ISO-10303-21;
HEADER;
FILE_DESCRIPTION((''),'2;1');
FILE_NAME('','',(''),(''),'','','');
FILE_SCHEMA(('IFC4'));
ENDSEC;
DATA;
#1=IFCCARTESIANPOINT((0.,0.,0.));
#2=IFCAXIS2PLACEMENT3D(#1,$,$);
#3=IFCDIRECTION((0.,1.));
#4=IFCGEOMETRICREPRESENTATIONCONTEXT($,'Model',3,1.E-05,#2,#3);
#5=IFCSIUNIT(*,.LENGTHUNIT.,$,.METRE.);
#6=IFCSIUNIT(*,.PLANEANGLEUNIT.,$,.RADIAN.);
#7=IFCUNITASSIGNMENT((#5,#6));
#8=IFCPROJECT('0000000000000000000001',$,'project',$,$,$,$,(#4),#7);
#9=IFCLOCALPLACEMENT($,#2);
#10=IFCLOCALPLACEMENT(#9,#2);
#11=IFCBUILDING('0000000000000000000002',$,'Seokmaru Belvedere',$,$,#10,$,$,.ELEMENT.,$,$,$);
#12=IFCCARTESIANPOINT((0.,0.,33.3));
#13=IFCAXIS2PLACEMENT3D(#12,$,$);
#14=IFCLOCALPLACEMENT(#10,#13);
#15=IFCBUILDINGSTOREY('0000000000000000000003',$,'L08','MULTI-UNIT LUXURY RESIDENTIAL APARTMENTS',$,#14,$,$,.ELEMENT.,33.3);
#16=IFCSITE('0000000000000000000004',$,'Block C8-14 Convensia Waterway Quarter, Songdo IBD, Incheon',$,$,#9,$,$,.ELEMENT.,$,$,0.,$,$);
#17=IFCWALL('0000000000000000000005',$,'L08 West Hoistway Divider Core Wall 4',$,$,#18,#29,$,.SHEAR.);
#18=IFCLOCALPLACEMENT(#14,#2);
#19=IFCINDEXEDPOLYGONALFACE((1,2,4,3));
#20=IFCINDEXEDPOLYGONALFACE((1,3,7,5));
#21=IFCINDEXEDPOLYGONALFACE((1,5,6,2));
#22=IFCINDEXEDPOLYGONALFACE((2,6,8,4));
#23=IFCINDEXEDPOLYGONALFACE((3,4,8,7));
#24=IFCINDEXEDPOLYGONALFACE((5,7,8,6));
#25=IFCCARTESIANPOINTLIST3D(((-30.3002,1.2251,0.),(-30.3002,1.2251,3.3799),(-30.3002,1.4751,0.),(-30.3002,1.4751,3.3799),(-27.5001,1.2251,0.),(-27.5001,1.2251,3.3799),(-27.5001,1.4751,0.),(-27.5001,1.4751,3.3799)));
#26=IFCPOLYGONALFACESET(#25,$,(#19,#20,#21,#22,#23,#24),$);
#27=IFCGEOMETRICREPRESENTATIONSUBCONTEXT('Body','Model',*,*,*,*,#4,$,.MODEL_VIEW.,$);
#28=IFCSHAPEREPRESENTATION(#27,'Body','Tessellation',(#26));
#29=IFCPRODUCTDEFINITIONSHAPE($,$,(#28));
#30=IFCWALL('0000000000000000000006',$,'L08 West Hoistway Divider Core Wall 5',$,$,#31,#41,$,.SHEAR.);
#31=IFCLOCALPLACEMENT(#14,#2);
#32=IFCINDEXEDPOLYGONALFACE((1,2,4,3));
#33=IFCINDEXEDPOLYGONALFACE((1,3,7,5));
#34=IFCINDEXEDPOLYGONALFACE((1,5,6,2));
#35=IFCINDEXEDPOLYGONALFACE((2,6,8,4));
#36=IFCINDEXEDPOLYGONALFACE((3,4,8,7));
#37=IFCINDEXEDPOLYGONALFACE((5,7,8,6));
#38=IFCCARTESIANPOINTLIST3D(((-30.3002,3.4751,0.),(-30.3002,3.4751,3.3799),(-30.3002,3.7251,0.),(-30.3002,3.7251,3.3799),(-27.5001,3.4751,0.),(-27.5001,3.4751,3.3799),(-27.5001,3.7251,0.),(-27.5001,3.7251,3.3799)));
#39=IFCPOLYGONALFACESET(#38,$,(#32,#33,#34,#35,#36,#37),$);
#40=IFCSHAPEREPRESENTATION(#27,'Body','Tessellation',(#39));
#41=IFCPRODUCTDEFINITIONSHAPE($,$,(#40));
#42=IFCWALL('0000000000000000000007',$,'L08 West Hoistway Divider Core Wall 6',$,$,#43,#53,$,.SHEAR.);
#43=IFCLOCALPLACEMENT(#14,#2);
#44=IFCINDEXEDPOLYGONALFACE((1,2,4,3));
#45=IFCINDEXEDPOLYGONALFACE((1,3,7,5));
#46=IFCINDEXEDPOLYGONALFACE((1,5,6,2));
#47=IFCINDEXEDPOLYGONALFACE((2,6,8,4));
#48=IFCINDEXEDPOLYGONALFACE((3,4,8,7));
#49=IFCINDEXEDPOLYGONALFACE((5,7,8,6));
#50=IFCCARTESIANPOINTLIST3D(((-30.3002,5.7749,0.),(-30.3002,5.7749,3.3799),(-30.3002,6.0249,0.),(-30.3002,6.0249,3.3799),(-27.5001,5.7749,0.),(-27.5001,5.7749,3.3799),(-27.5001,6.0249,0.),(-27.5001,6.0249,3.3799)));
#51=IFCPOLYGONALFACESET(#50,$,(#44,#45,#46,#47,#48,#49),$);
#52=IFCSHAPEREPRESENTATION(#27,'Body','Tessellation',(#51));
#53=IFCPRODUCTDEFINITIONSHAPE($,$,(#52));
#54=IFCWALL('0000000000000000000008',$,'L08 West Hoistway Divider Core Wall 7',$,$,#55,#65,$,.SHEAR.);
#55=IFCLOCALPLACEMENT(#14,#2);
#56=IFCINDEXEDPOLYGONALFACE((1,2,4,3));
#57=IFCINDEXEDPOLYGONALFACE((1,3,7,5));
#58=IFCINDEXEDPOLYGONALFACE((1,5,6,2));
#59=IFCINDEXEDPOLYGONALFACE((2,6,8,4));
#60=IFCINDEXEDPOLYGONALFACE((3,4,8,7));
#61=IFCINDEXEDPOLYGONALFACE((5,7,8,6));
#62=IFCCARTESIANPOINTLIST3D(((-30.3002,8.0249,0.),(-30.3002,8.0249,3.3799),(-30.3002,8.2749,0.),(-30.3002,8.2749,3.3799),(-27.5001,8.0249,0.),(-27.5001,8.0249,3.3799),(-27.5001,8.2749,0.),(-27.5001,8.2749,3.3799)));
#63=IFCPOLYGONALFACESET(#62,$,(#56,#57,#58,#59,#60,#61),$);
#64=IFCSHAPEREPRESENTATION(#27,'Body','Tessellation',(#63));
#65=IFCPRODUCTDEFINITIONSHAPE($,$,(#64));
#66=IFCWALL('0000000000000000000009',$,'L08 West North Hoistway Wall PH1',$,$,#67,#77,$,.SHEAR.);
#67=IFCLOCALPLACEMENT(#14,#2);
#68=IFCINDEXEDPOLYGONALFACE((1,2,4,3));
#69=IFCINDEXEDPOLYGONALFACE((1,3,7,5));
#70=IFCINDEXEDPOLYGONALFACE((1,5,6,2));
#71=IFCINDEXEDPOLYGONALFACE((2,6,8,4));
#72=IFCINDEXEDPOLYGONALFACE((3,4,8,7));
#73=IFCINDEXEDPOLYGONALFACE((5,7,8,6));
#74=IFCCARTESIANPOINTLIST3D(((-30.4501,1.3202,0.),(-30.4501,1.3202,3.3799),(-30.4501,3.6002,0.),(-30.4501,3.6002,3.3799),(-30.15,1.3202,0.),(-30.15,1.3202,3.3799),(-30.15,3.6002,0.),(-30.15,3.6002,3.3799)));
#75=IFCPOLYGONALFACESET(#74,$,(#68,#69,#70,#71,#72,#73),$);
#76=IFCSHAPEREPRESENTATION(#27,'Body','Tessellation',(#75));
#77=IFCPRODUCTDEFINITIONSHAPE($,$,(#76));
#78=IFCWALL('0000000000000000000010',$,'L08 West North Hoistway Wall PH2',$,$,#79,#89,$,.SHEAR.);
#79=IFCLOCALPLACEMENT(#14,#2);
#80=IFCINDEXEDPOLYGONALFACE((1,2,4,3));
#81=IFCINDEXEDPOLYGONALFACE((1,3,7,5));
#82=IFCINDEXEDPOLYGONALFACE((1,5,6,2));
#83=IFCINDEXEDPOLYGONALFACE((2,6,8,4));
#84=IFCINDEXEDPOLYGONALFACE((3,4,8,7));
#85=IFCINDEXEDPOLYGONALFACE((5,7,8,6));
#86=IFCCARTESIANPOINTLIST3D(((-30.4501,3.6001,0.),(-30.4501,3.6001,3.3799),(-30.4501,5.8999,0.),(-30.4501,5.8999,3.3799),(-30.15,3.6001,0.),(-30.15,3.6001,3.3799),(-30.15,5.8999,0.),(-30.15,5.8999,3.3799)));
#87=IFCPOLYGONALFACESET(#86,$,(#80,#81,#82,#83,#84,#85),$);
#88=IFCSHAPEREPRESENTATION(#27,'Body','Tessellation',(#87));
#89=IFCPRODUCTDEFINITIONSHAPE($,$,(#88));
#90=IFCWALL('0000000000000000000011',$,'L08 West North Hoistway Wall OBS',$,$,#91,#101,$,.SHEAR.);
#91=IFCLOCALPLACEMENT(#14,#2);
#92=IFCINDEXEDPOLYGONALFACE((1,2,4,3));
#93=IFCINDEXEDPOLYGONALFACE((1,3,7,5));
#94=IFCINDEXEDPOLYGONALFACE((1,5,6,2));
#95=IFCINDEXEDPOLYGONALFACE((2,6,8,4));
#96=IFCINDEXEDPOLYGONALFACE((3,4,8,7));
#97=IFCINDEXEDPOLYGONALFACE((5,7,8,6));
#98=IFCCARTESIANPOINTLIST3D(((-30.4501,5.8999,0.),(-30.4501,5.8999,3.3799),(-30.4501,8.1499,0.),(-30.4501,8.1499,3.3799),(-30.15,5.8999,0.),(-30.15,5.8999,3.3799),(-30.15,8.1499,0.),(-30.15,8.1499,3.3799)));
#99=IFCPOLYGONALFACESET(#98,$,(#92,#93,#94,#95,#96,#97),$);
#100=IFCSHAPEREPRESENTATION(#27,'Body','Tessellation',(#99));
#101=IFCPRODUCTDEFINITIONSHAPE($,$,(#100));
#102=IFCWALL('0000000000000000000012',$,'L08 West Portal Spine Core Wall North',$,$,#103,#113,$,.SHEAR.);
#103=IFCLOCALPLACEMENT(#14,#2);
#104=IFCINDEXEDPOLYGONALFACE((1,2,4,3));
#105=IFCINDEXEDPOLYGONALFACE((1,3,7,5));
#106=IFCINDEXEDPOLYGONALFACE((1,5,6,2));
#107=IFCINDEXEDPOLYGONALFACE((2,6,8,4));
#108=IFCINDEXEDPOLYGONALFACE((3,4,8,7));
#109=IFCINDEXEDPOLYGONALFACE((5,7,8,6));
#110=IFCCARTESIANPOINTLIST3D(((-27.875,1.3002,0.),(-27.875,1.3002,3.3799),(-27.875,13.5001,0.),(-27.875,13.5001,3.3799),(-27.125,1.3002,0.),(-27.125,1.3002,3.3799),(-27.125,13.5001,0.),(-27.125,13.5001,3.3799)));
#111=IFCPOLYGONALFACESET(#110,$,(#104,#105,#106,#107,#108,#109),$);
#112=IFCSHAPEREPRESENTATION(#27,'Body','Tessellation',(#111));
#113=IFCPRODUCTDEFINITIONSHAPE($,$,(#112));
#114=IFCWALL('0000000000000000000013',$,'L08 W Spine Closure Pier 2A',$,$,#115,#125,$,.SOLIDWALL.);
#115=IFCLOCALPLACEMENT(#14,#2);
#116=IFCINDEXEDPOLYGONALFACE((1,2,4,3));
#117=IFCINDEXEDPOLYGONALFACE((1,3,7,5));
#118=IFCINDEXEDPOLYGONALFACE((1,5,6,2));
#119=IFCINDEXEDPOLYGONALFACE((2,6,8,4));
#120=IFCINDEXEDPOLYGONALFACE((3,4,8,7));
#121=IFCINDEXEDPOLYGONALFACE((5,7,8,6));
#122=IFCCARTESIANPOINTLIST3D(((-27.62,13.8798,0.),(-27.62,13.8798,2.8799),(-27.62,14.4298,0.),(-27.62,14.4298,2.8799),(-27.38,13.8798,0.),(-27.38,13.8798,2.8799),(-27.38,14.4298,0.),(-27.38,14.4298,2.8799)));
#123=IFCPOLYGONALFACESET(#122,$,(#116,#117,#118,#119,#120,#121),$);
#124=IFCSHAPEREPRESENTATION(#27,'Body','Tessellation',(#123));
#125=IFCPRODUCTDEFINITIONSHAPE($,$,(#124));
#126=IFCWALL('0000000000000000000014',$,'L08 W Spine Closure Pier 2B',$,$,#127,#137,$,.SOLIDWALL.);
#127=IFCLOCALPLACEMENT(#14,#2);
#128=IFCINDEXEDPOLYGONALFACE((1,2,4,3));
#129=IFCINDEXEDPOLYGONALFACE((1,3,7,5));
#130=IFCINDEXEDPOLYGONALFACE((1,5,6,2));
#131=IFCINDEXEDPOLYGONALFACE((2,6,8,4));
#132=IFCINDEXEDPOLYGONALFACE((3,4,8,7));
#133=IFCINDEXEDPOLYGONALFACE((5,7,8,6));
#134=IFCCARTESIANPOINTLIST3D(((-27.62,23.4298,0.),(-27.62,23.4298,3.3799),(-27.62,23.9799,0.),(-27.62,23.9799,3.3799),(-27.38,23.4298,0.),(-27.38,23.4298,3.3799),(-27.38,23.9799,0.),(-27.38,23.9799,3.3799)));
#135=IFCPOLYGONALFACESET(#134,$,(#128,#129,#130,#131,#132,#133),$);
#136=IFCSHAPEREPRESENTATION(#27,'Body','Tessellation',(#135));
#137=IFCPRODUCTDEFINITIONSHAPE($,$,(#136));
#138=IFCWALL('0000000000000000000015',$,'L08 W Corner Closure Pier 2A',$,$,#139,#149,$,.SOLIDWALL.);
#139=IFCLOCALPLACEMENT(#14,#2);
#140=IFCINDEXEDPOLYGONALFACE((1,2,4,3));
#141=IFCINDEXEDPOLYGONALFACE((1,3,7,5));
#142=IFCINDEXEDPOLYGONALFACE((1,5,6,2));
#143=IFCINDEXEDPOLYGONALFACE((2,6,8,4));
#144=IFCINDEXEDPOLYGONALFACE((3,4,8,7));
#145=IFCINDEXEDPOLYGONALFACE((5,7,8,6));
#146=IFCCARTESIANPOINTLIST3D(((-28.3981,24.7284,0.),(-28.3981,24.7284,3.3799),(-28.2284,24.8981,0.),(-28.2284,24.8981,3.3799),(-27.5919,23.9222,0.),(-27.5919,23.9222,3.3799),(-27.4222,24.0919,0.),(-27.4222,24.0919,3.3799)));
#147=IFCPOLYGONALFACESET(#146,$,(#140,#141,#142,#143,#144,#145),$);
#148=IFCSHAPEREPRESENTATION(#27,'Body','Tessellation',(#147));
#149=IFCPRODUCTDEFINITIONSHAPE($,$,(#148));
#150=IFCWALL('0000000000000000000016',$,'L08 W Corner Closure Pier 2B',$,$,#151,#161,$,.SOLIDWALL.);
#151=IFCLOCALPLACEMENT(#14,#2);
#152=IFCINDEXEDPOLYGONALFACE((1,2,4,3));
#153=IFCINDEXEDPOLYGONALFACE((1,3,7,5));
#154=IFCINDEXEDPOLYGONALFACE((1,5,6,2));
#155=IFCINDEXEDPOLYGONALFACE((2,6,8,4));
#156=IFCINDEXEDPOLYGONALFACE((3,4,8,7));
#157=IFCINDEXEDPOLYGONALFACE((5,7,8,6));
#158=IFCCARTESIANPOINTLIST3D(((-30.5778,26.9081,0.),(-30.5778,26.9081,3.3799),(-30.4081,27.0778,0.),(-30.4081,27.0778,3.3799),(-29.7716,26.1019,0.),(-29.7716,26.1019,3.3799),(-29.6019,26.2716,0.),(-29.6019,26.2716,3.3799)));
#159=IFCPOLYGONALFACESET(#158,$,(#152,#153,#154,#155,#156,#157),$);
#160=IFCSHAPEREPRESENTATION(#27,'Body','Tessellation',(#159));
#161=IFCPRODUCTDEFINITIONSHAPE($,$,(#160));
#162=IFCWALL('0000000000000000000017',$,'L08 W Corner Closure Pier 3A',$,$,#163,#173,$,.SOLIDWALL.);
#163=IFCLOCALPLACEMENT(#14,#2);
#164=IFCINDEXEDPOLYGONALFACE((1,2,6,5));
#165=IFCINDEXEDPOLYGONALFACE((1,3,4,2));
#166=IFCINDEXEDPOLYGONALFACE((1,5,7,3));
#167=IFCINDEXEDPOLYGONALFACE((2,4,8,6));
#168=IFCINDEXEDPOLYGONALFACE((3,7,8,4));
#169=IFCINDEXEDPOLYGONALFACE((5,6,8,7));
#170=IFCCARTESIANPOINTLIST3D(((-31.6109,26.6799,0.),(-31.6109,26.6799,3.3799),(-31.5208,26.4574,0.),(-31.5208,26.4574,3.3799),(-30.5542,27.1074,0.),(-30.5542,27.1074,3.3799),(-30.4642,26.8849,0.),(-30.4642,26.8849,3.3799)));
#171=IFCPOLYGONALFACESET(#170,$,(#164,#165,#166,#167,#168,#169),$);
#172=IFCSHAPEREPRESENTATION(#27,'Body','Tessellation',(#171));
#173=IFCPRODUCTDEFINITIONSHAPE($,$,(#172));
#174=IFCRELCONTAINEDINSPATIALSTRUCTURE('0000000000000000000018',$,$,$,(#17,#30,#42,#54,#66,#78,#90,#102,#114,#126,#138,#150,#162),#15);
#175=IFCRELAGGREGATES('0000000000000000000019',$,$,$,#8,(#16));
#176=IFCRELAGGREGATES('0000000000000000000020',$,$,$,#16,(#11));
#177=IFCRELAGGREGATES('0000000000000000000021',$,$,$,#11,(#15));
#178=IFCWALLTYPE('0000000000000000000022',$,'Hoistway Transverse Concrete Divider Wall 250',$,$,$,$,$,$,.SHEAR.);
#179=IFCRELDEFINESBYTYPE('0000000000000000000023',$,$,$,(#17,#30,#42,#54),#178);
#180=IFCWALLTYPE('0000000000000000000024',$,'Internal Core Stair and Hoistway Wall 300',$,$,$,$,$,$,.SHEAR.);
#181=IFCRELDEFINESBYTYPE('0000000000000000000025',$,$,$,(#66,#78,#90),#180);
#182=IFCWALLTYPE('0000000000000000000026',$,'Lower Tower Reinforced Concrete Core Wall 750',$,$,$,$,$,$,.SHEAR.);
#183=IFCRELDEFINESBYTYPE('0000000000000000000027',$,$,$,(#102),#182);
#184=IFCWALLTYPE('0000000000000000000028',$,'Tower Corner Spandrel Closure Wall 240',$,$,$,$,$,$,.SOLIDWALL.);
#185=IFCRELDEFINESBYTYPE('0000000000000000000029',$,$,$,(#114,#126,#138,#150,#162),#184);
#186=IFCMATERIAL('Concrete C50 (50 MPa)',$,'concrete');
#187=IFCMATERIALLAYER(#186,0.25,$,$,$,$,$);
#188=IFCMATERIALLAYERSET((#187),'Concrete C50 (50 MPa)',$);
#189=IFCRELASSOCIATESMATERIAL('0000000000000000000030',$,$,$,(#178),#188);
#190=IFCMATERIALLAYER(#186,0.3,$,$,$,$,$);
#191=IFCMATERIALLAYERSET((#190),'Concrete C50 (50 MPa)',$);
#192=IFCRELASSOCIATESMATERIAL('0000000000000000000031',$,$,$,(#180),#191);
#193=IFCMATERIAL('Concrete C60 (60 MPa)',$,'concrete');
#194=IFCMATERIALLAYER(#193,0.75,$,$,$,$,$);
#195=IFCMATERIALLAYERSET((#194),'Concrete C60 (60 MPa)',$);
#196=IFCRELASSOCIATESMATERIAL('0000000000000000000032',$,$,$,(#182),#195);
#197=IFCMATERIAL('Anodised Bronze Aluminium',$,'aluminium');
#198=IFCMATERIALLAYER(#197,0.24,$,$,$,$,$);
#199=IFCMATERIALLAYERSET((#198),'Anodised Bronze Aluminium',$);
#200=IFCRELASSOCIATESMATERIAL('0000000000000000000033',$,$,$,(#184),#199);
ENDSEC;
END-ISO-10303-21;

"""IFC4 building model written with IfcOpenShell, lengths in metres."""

from ifc_helpers import new_model, si_unit, direction, frame, frame_2d, origin, place, context, subcontext, project, spatial, rectangle, extrude, material, layer, layer_set, type_object, element, save


model = new_model("IFC4")

# Units and contexts
model_context = context("Model", 3, precision=1e-05, world=origin(), true_north=direction((0.0, 1.0)))
body_context = subcontext(model_context, "Body", "Model", "MODEL_VIEW")
ifc_project = project(units=[si_unit("LENGTHUNIT", "METRE"), si_unit("PLANEANGLEUNIT", "RADIAN")], contexts=[model_context])

# Site, building, storey
site_placement = place(None, origin())
site = spatial("IfcSite", under=ifc_project, at=site_placement, Name="Block C8-14 Convensia Waterway Quarter, Songdo IBD, Incheon", CompositionType="ELEMENT", RefElevation=0.0)
building_placement = place(site_placement, origin())
building = spatial("IfcBuilding", under=site, at=building_placement, Name="Seokmaru Belvedere", CompositionType="ELEMENT")
storey_placement = place(building_placement, frame((0.0, 0.0, 33.3)))
storey = spatial("IfcBuildingStorey", under=building, at=storey_placement, Name="L08", Description="MULTI-UNIT LUXURY RESIDENTIAL APARTMENTS", CompositionType="ELEMENT", Elevation=33.3)

# Shared definitions
ifc_material_1 = material(Name="Anodised Bronze Aluminium", Category="aluminium")

# Walls
ifc_material_2 = material(Name="Concrete C50 (50 MPa)", Category="concrete")
ifc_layer_1 = layer(ifc_material_2, 0.25)
ifc_layer_set_1 = layer_set([ifc_layer_1], Name="Concrete C50 (50 MPa)")
wall_type_1 = type_object("IfcWallType", Name="Hoistway Transverse Concrete Divider Wall 250", PredefinedType="SHEAR", material=ifc_layer_set_1)
for number, where, z_axis, x_axis, name in (
    (1, (-30.3, 1.3501, 0.0), (0.0, 0.0, 1.0), (1.0, 0.0, 0.0), "L08 West Hoistway Divider Core Wall 4"),
    (2, (-30.3, 3.6001, 0.0), (0.0, 0.0, 1.0), (1.0, 0.0, 0.0), "L08 West Hoistway Divider Core Wall 5"),
    (3, (-30.3, 5.8999, 0.0), (0.0, 0.0, 1.0), (1.0, 0.0, 0.0), "L08 West Hoistway Divider Core Wall 6"),
    (4, (-30.3, 8.1499, 0.0), (0.0, 0.0, 1.0), (1.0, 0.0, 0.0), "L08 West Hoistway Divider Core Wall 7"),
):
    element("IfcWall", number, at=place(storey_placement, frame(where, z_axis=z_axis, x_axis=x_axis)), inside=storey, type_object=wall_type_1, Name=name, PredefinedType="SHEAR", context=body_context, shape_type="SweptSolid", body=[
        extrude(rectangle(XDim=2.8, YDim=0.25, at=frame_2d((1.3999, 0.0))), origin(), (0.0, 0.0, 1.0), 3.3799),
    ])
ifc_layer_2 = layer(ifc_material_2, 0.3)
ifc_layer_set_2 = layer_set([ifc_layer_2], Name="Concrete C50 (50 MPa)")
wall_type_2 = type_object("IfcWallType", Name="Internal Core Stair and Hoistway Wall 300", PredefinedType="SHEAR", material=ifc_layer_set_2)
wall_1_placement = place(storey_placement, frame((-30.3, 1.3201, 0.0), z_axis=(0.0, 0.0, 1.0), x_axis=(0.0, 1.0, 0.0)))
element("IfcWall", 5, at=wall_1_placement, inside=storey, type_object=wall_type_2, Name="L08 West North Hoistway Wall PH1", PredefinedType="SHEAR", context=body_context, shape_type="SweptSolid", body=[
    extrude(rectangle(XDim=2.28, YDim=0.3, at=frame_2d((1.1401, 0.0))), origin(), (0.0, 0.0, 1.0), 3.3799),
])
wall_2_placement = place(storey_placement, frame((-30.3, 3.6001, 0.0), z_axis=(0.0, 0.0, 1.0), x_axis=(0.0, 1.0, 0.0)))
element("IfcWall", 6, at=wall_2_placement, inside=storey, type_object=wall_type_2, Name="L08 West North Hoistway Wall PH2", PredefinedType="SHEAR", context=body_context, shape_type="SweptSolid", body=[
    extrude(rectangle(XDim=2.2998, YDim=0.3, at=frame_2d((1.1499, 0.0))), origin(), (0.0, 0.0, 1.0), 3.3799),
])
wall_3_placement = place(storey_placement, frame((-30.3, 5.8999, 0.0), z_axis=(0.0, 0.0, 1.0), x_axis=(0.0, 1.0, 0.0)))
element("IfcWall", 7, at=wall_3_placement, inside=storey, type_object=wall_type_2, Name="L08 West North Hoistway Wall OBS", PredefinedType="SHEAR", context=body_context, shape_type="SweptSolid", body=[
    extrude(rectangle(XDim=2.25, YDim=0.3, at=frame_2d((1.125, 0.0))), origin(), (0.0, 0.0, 1.0), 3.3799),
])

# Walls
ifc_material_3 = material(Name="Concrete C60 (60 MPa)", Category="concrete")
ifc_layer_3 = layer(ifc_material_3, 0.75)
ifc_layer_set_3 = layer_set([ifc_layer_3], Name="Concrete C60 (60 MPa)")
wall_type_3 = type_object("IfcWallType", Name="Lower Tower Reinforced Concrete Core Wall 750", PredefinedType="SHEAR", material=ifc_layer_set_3)
wall_4_placement = place(storey_placement, frame((-27.5, 1.3, 0.0), z_axis=(0.0, 0.0, 1.0), x_axis=(0.0, 1.0, 0.0)))
element("IfcWall", 8, at=wall_4_placement, inside=storey, type_object=wall_type_3, Name="L08 West Portal Spine Core Wall North", PredefinedType="SHEAR", context=body_context, shape_type="SweptSolid", body=[
    extrude(rectangle(XDim=12.2, YDim=0.75, at=frame_2d((6.1001, 0.0))), origin(), (0.0, 0.0, 1.0), 3.3799),
])
ifc_layer_4 = layer(ifc_material_1, 0.24)
ifc_layer_set_4 = layer_set([ifc_layer_4], Name="Anodised Bronze Aluminium")
wall_type_4 = type_object("IfcWallType", Name="Tower Corner Spandrel Closure Wall 240", PredefinedType="SOLIDWALL", material=ifc_layer_set_4)
wall_5_placement = place(storey_placement, frame((-27.5, 13.8799, 0.0), z_axis=(0.0, 0.0, 1.0), x_axis=(0.0, 1.0, 0.0)))
element("IfcWall", 9, at=wall_5_placement, inside=storey, type_object=wall_type_4, Name="L08 W Spine Closure Pier 2A", PredefinedType="SOLIDWALL", context=body_context, shape_type="SweptSolid", body=[
    extrude(rectangle(XDim=0.55, YDim=0.24, at=frame_2d((0.2749, 0.0))), origin(), (0.0, 0.0, 1.0), 2.8799),
])
wall_6_placement = place(storey_placement, frame((-27.5, 23.4299, 0.0), z_axis=(0.0, 0.0, 1.0), x_axis=(0.0, 1.0, 0.0)))
element("IfcWall", 10, at=wall_6_placement, inside=storey, type_object=wall_type_4, Name="L08 W Spine Closure Pier 2B", PredefinedType="SOLIDWALL", context=body_context, shape_type="SweptSolid", body=[
    extrude(rectangle(XDim=0.55, YDim=0.24, at=frame_2d((0.2749, 0.0))), origin(), (0.0, 0.0, 1.0), 3.3799),
])
for number, where, z_axis, x_axis, name in (
    (11, (-27.5071, 24.0071, 0.0), (0.0, 0.0, 1.0), (-0.707107, 0.707107, 0.0), "L08 W Corner Closure Pier 2A"),
    (12, (-29.6868, 26.1868, 0.0), (0.0, 0.0, 1.0), (-0.707107, 0.707107, 0.0), "L08 W Corner Closure Pier 2B"),
):
    element("IfcWall", number, at=place(storey_placement, frame(where, z_axis=z_axis, x_axis=x_axis)), inside=storey, type_object=wall_type_4, Name=name, PredefinedType="SOLIDWALL", context=body_context, shape_type="SweptSolid", body=[
        extrude(rectangle(XDim=1.1401, YDim=0.24, at=frame_2d((0.5701, 0.0))), origin(), (0.0, 0.0, 1.0), 3.3799),
    ])
wall_7_placement = place(storey_placement, frame((-30.5093, 26.9961, 0.0), z_axis=(0.0, 0.0, 1.0), x_axis=(-0.927007, -0.375044, 0.0)))
element("IfcWall", 13, at=wall_7_placement, inside=storey, type_object=wall_type_4, Name="L08 W Corner Closure Pier 3A", PredefinedType="SOLIDWALL", context=body_context, shape_type="SweptSolid", body=[
    extrude(rectangle(XDim=1.1399, YDim=0.24, at=frame_2d((0.5698, 0.0))), origin(), (0.0, 0.0, 1.0), 3.3799),
])

save(model, "model.ifc")
